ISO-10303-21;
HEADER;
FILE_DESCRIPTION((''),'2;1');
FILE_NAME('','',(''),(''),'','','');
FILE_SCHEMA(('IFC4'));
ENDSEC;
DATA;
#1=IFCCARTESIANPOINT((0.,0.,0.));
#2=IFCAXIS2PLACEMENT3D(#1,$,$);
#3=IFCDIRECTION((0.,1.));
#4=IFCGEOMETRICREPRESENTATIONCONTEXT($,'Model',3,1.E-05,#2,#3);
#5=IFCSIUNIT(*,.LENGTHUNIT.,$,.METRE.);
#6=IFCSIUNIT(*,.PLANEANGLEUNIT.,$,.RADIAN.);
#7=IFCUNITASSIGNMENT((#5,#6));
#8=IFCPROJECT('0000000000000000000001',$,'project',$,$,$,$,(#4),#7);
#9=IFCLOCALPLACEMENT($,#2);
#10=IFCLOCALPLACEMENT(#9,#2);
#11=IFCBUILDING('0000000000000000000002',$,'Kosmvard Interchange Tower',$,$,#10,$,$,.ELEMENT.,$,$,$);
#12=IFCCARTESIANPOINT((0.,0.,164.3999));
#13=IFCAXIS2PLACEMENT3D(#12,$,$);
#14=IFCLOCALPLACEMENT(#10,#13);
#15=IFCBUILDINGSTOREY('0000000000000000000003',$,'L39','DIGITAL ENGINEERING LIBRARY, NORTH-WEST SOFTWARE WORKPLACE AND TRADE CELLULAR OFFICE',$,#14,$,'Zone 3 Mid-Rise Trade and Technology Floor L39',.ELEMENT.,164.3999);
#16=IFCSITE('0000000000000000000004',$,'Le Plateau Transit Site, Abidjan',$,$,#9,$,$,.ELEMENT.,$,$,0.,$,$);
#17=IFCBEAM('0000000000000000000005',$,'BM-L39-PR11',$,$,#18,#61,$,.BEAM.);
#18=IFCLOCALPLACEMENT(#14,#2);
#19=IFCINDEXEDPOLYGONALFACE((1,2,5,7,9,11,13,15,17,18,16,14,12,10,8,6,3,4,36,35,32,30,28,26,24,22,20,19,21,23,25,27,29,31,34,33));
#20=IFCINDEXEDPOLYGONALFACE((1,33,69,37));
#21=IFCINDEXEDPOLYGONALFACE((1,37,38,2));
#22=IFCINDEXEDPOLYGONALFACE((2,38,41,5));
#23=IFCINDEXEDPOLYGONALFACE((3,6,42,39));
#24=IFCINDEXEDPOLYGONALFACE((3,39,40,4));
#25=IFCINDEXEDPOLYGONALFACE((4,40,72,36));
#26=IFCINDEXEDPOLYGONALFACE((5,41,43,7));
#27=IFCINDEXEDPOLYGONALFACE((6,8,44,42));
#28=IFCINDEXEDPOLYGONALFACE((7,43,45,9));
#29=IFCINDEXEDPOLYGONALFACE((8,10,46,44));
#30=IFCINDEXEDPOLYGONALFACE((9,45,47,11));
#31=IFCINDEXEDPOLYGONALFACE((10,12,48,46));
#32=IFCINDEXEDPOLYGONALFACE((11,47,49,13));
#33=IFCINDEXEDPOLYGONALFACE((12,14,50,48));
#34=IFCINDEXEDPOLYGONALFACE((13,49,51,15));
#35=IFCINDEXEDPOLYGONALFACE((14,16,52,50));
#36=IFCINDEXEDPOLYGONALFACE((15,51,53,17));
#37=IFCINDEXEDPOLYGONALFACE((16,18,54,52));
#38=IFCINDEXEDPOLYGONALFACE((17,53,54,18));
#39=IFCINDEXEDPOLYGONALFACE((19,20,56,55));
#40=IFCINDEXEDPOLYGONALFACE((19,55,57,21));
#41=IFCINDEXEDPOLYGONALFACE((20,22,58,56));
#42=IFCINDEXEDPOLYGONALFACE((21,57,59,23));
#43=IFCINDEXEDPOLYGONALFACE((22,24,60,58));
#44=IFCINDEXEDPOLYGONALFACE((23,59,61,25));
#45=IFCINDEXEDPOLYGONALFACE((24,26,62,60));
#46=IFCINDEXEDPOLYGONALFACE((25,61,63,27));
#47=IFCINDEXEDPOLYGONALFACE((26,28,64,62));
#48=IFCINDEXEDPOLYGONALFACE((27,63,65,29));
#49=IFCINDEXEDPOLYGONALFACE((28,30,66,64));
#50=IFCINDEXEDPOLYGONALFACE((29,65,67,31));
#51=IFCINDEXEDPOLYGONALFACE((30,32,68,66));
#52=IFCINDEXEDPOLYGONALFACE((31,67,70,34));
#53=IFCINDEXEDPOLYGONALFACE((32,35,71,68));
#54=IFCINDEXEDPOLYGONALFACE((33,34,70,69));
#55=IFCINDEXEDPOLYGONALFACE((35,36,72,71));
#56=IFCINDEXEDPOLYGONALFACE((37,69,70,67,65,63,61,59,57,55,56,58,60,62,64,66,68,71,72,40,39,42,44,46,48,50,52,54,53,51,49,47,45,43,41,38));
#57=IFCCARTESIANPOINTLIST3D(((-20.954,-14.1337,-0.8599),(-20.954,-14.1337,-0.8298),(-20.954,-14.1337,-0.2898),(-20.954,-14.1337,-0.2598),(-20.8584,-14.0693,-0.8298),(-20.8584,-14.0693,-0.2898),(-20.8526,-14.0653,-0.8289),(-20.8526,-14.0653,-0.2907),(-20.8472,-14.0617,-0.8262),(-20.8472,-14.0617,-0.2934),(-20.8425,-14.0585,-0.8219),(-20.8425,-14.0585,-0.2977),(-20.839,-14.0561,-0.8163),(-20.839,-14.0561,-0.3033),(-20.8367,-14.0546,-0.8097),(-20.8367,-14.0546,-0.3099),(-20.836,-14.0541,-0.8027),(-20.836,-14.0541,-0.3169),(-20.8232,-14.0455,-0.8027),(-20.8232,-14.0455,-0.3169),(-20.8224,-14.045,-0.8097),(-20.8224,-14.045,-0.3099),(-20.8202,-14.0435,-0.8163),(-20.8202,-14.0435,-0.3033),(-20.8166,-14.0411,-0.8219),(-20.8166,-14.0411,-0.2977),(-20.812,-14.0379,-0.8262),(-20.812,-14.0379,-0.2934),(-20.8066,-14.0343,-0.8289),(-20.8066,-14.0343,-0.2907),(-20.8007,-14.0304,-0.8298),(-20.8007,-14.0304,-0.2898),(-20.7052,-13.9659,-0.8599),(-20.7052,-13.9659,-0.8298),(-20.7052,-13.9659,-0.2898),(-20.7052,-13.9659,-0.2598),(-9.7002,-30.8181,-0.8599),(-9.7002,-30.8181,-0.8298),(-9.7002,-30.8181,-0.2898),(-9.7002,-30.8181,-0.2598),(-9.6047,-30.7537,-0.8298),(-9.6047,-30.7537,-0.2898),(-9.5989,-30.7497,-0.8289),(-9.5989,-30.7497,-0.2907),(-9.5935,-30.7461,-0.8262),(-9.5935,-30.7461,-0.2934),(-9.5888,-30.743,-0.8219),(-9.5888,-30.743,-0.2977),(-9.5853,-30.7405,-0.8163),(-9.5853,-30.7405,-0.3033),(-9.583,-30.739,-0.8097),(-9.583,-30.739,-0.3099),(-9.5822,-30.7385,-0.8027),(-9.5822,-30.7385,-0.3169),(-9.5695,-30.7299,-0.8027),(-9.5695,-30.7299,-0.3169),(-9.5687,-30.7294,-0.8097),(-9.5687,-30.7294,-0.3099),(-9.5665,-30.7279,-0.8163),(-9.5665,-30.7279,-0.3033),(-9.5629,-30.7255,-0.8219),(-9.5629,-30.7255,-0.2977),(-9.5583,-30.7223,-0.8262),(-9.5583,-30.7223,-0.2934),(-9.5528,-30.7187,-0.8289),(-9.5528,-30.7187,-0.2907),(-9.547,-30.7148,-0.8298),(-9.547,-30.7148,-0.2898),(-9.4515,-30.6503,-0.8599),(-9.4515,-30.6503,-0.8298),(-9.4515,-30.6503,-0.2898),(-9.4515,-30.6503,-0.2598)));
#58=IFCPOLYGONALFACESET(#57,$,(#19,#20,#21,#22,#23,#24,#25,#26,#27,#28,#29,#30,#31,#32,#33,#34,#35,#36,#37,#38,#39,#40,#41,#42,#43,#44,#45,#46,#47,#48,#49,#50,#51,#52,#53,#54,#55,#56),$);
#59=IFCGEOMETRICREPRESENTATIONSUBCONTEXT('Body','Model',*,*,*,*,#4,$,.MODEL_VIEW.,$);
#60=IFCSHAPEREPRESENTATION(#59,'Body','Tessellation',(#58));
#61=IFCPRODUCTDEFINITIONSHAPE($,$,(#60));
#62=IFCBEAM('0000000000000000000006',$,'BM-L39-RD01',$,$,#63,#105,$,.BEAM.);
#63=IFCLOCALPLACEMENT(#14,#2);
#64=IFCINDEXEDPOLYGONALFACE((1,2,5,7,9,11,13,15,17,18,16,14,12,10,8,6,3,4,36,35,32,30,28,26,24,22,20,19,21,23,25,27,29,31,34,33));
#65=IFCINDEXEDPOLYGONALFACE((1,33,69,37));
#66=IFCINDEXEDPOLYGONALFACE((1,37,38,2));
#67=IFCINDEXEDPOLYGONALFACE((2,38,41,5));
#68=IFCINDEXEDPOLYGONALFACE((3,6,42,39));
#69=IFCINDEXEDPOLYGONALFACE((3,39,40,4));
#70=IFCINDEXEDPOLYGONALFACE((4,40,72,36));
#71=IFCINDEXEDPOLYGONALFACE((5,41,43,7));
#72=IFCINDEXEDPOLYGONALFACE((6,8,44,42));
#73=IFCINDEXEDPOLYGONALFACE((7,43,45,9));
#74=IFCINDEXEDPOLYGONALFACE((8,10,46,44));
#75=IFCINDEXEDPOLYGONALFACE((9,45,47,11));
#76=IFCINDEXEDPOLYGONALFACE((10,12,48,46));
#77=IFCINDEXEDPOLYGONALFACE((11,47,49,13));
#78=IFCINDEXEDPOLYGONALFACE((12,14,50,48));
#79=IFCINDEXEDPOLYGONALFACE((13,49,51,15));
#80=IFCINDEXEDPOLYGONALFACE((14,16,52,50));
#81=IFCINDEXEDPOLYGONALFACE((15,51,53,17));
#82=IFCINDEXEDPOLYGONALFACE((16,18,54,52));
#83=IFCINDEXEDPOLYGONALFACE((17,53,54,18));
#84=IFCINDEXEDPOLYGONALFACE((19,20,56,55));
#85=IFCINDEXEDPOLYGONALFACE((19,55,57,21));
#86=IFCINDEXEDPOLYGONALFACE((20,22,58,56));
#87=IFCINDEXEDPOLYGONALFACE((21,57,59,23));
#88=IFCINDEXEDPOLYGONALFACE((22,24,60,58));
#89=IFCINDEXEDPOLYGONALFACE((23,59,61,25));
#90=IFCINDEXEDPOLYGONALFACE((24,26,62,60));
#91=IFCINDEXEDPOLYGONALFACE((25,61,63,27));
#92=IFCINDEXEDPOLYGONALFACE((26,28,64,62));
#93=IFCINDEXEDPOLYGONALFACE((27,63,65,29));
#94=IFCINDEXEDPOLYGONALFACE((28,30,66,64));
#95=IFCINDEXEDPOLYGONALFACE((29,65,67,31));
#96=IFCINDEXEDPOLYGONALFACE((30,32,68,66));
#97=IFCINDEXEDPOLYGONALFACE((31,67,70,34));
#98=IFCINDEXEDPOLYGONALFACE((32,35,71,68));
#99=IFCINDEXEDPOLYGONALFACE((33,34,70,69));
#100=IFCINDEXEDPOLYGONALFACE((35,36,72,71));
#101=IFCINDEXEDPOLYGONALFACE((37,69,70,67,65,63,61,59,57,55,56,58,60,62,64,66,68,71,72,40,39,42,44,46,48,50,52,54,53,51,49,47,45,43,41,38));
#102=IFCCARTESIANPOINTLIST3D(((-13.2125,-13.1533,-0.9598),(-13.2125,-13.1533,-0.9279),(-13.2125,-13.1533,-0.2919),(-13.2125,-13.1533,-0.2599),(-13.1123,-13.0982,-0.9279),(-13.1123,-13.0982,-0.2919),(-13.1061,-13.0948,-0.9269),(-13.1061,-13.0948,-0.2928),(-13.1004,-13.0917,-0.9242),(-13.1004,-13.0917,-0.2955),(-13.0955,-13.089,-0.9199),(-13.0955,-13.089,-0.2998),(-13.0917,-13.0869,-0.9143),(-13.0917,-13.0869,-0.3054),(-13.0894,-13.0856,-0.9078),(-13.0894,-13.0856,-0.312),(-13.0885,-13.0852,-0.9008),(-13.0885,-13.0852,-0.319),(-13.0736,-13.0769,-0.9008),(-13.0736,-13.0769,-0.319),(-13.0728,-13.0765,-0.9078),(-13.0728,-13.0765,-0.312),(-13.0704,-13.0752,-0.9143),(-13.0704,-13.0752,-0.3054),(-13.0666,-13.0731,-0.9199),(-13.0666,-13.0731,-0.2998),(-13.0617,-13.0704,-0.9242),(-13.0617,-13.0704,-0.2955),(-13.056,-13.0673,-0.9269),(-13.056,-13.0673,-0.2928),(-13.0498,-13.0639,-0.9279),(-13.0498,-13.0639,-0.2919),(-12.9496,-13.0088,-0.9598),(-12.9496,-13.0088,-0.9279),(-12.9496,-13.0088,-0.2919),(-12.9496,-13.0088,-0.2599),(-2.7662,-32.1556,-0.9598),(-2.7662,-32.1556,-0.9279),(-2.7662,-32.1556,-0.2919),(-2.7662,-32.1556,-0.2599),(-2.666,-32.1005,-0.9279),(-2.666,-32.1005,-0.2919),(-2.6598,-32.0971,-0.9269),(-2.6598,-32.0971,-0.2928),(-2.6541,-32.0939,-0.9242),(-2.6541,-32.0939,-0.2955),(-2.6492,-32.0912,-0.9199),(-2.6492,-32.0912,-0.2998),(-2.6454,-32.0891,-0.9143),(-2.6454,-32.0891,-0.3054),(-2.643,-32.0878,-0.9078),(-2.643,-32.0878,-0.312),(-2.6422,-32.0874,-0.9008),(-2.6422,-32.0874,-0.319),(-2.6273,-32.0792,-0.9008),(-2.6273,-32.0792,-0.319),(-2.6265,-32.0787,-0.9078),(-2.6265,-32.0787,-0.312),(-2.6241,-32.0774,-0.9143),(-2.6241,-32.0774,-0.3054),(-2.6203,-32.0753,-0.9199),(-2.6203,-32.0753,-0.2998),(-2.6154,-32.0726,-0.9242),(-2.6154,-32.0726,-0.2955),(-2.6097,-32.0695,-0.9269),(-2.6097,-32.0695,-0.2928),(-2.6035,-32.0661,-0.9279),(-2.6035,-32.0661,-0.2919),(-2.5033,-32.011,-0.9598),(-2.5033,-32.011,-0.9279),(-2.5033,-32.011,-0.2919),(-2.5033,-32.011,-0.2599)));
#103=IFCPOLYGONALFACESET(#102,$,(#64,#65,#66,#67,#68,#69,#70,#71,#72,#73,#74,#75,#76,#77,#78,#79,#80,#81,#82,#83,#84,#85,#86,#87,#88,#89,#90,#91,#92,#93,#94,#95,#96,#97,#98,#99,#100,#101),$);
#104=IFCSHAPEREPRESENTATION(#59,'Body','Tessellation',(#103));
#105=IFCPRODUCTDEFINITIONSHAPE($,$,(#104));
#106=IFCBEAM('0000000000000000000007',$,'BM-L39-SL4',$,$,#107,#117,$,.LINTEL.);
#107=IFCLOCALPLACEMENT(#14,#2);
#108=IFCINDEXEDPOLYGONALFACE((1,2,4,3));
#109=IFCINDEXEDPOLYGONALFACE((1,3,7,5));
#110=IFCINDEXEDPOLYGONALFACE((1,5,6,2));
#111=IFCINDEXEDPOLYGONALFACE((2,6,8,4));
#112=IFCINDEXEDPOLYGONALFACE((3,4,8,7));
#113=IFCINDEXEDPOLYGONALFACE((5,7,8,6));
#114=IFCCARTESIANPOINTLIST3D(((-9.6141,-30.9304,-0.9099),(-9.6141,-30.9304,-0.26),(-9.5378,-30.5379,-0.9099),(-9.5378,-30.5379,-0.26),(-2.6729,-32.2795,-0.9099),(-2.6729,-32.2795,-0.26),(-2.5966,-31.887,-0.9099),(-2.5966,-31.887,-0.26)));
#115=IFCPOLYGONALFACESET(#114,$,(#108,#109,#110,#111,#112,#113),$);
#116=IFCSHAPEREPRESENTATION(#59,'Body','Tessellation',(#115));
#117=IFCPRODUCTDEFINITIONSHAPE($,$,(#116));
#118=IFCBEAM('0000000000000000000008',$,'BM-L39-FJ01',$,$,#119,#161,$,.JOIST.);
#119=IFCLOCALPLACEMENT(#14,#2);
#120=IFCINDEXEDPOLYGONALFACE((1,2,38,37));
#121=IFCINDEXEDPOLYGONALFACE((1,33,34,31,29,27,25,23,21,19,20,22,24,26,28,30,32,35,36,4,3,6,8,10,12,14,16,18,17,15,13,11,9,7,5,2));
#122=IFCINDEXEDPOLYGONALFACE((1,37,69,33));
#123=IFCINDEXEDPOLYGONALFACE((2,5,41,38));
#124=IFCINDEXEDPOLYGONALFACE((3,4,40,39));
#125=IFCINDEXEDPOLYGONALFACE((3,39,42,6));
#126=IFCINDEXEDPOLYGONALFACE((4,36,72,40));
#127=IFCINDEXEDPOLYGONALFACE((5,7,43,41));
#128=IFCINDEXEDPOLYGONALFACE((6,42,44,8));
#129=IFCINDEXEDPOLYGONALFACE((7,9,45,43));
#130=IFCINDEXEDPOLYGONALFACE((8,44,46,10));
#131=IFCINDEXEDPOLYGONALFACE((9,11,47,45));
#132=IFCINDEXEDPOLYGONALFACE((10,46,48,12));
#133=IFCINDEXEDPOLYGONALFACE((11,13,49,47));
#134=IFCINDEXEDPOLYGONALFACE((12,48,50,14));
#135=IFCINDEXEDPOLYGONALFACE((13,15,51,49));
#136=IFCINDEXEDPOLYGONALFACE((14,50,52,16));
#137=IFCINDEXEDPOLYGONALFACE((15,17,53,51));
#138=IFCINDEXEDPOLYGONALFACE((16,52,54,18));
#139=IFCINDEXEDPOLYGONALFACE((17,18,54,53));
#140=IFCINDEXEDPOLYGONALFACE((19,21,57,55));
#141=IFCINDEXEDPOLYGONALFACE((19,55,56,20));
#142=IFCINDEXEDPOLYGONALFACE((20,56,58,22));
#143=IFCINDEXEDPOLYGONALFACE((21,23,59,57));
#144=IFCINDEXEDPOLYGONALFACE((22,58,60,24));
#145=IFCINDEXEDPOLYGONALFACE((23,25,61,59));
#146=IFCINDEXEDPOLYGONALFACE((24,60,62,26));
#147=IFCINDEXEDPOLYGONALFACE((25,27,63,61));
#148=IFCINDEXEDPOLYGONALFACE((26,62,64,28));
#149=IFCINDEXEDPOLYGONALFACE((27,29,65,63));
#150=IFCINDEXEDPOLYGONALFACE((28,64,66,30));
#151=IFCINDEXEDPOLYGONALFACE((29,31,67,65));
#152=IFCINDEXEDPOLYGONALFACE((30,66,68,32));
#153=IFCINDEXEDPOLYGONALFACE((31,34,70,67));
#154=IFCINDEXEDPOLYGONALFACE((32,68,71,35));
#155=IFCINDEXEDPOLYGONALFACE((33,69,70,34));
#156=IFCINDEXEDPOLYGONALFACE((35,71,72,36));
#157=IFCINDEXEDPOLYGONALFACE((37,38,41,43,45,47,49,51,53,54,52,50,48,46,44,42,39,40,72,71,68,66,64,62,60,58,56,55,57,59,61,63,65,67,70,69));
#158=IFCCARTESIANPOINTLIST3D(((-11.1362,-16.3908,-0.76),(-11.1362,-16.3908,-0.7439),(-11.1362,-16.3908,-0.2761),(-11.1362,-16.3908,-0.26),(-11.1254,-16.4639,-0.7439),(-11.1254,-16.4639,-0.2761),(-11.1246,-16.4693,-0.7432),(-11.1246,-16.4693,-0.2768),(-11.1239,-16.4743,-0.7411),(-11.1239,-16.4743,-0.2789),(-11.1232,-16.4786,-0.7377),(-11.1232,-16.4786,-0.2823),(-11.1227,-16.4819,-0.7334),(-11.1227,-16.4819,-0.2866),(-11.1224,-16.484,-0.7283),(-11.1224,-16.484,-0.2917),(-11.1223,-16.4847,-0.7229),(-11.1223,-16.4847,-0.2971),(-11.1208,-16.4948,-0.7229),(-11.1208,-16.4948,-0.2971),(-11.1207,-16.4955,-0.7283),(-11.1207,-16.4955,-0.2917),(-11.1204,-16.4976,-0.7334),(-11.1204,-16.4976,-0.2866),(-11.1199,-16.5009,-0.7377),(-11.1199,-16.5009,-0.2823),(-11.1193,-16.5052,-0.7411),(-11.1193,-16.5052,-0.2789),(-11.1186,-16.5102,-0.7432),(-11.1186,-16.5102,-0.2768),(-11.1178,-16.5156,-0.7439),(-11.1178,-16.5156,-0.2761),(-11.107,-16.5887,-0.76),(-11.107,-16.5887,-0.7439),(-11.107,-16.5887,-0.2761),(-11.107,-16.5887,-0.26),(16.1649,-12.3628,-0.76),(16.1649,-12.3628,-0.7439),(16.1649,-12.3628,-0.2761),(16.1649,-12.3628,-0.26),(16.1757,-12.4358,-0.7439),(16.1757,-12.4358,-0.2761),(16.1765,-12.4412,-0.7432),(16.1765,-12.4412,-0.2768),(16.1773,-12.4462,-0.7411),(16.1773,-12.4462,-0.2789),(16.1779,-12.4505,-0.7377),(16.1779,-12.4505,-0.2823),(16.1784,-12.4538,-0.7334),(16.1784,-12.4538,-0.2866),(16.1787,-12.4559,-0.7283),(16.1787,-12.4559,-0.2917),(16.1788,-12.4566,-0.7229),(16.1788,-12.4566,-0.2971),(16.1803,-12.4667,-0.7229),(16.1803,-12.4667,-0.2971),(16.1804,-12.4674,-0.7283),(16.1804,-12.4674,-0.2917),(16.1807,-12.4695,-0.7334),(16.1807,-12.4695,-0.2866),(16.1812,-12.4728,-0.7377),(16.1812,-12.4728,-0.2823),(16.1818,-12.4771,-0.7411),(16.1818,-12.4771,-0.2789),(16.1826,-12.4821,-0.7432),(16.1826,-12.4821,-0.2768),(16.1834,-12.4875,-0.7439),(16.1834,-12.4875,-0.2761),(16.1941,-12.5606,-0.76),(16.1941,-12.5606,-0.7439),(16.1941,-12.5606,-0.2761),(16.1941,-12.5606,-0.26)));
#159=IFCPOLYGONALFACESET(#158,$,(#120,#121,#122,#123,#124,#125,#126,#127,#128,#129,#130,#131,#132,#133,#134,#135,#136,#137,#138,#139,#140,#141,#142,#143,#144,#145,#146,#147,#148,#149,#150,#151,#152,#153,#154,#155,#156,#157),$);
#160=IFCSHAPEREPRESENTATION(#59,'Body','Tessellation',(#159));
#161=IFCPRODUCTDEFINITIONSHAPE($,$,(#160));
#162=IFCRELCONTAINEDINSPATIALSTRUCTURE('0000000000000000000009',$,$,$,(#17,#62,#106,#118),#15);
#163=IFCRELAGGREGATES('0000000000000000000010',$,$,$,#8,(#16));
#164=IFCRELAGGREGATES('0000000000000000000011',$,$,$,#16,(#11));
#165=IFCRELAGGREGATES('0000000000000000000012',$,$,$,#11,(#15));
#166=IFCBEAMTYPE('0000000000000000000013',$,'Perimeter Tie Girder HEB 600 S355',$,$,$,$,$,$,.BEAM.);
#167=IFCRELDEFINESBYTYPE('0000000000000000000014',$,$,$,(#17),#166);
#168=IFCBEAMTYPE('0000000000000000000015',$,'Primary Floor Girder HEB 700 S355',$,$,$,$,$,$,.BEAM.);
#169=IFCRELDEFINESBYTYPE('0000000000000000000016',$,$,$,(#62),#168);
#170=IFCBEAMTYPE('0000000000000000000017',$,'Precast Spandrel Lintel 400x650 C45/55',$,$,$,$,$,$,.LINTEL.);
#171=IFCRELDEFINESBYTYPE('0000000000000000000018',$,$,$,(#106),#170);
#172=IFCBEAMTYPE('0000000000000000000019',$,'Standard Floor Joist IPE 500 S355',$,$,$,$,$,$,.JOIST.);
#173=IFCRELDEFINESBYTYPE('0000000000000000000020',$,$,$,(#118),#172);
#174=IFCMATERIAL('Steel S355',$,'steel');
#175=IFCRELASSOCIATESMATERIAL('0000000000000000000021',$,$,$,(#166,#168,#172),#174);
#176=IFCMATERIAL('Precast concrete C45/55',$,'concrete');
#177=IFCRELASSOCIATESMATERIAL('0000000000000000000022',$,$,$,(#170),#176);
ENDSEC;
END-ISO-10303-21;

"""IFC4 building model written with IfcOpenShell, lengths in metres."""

from ifc_helpers import new_model, si_unit, direction, frame, origin, origin_2d, place, context, subcontext, project, spatial, rectangle, i_section, extrude, source, transform, mapped, material, material_profile, profile_set, type_object, element, save


model = new_model("IFC4")

# Units and contexts
model_context = context("Model", 3, precision=1e-05, world=origin(), true_north=direction((0.0, 1.0)))
body_context = subcontext(model_context, "Body", "Model", "MODEL_VIEW")
ifc_project = project(units=[si_unit("LENGTHUNIT", "METRE"), si_unit("PLANEANGLEUNIT", "RADIAN")], contexts=[model_context])

# Site, building, storey
site_placement = place(None, origin())
site = spatial("IfcSite", under=ifc_project, at=site_placement, Name="Le Plateau Transit Site, Abidjan", CompositionType="ELEMENT", RefElevation=0.0)
building_placement = place(site_placement, origin())
building = spatial("IfcBuilding", under=site, at=building_placement, Name="Kosmvard Interchange Tower", CompositionType="ELEMENT")
storey_placement = place(building_placement, frame((0.0, 0.0, 164.3999)))
storey = spatial("IfcBuildingStorey", under=building, at=storey_placement, Name="L39", Description="DIGITAL ENGINEERING LIBRARY, NORTH-WEST SOFTWARE WORKPLACE AND TRADE CELLULAR OFFICE", LongName="Zone 3 Mid-Rise Trade and Technology Floor L39", CompositionType="ELEMENT", Elevation=164.3999)

# Beams
ifc_material_1 = material(Name="Steel S355", Category="steel")
ifc_material_profile_1 = material_profile(ifc_material_1, i_section(OverallWidth=0.3, OverallDepth=0.6001, WebThickness=0.0154, FlangeThickness=0.03, FilletRadius=0.0271, at=origin_2d()), Name="HEB 600")
ifc_profile_set_1 = profile_set([ifc_material_profile_1], Name="Steel S355")
beam_type_1 = type_object("IfcBeamType", Name="Perimeter Tie Girder HEB 600 S355", PredefinedType="BEAM", material=ifc_profile_set_1)
shared_shape_1 = source(origin(), body_context, "Body", "SweptSolid", [
    extrude(i_section(OverallWidth=0.3, OverallDepth=0.6001, WebThickness=0.0154, FlangeThickness=0.03, FilletRadius=0.0271, at=origin_2d()), origin(), (0.0, 0.0, 1.0), 20.125),
])
for number, where, z_axis, x_axis, name in (
    (1, (-20.8296, -14.0498, -0.5598), (0.559191, -0.829039, 0.0), (0.829039, 0.559191, 0.0), "BM-L39-PR11"),
):
    element("IfcBeam", number, at=place(storey_placement, frame(where, z_axis=z_axis, x_axis=x_axis)), inside=storey, type_object=beam_type_1, Name=name, PredefinedType="BEAM", context=body_context, shape_type="MappedRepresentation", body=[
        mapped(shared_shape_1, transform((0.0, 0.0, 0.0), scale=1.0)),
    ])
ifc_material_profile_2 = material_profile(ifc_material_1, i_section(OverallWidth=0.3, OverallDepth=0.7, WebThickness=0.0171, FlangeThickness=0.032, FilletRadius=0.0271, at=origin_2d()), Name="HEB 700")
ifc_profile_set_2 = profile_set([ifc_material_profile_2], Name="Steel S355")
beam_type_2 = type_object("IfcBeamType", Name="Primary Floor Girder HEB 700 S355", PredefinedType="BEAM", material=ifc_profile_set_2)
shared_shape_2 = source(origin(), body_context, "Body", "SweptSolid", [
    extrude(i_section(OverallWidth=0.3, OverallDepth=0.7, WebThickness=0.0171, FlangeThickness=0.032, FilletRadius=0.0271, at=origin_2d()), origin(), (0.0, 0.0, 1.0), 21.6843),
])
beam_1_placement = place(storey_placement, frame((-13.0811, -13.0811, -0.6099), z_axis=(0.481745, -0.876312, 0.0), x_axis=(0.876312, 0.481745, 0.0)))
element("IfcBeam", 2, at=beam_1_placement, inside=storey, type_object=beam_type_2, Name="BM-L39-RD01", PredefinedType="BEAM", context=body_context, shape_type="MappedRepresentation", body=[
    mapped(shared_shape_2, transform((0.0, 0.0, 0.0), scale=1.0)),
])
ifc_material_2 = material(Name="Precast concrete C45/55", Category="concrete")
ifc_material_profile_3 = material_profile(ifc_material_2, rectangle(XDim=0.3999, YDim=0.6499, at=origin_2d()), Name="SL 400x650")
ifc_profile_set_3 = profile_set([ifc_material_profile_3], Name="Precast concrete C45/55")
beam_type_3 = type_object("IfcBeamType", Name="Precast Spandrel Lintel 400x650 C45/55", PredefinedType="LINTEL", material=ifc_profile_set_3)
shared_shape_3 = source(origin(), body_context, "Body", "SweptSolid", [
    extrude(rectangle(XDim=0.3999, YDim=0.6499, at=origin_2d()), origin(), (0.0, 0.0, 1.0), 7.071),
])
beam_2_placement = place(storey_placement, frame((-9.5759, -30.7341, -0.585), z_axis=(0.98163, -0.190795, 0.0), x_axis=(0.190795, 0.98163, 0.0)))
element("IfcBeam", 3, at=beam_2_placement, inside=storey, type_object=beam_type_3, Name="BM-L39-SL4", PredefinedType="LINTEL", context=body_context, shape_type="MappedRepresentation", body=[
    mapped(shared_shape_3, transform((0.0, 0.0, 0.0), scale=1.0)),
])
ifc_material_profile_4 = material_profile(ifc_material_1, i_section(OverallWidth=0.2, OverallDepth=0.5, WebThickness=0.0103, FlangeThickness=0.0161, FilletRadius=0.021, at=origin_2d()), Name="IPE 500")
ifc_profile_set_4 = profile_set([ifc_material_profile_4], Name="Steel S355")
beam_type_4 = type_object("IfcBeamType", Name="Standard Floor Joist IPE 500 S355", PredefinedType="JOIST", material=ifc_profile_set_4)
shared_shape_4 = source(origin(), body_context, "Body", "SweptSolid", [
    extrude(i_section(OverallWidth=0.2, OverallDepth=0.5, WebThickness=0.0103, FlangeThickness=0.0161, FilletRadius=0.021, at=origin_2d()), origin(), (0.0, 0.0, 1.0), 27.5967),
])
beam_3_placement = place(storey_placement, frame((-11.1216, -16.4897, -0.51), z_axis=(0.98929, 0.145963, 0.0), x_axis=(-0.145963, 0.98929, 0.0)))
element("IfcBeam", 4, at=beam_3_placement, inside=storey, type_object=beam_type_4, Name="BM-L39-FJ01", PredefinedType="JOIST", context=body_context, shape_type="MappedRepresentation", body=[
    mapped(shared_shape_4, transform((0.0, 0.0, 0.0), scale=1.0)),
])

save(model, "model.ifc")
